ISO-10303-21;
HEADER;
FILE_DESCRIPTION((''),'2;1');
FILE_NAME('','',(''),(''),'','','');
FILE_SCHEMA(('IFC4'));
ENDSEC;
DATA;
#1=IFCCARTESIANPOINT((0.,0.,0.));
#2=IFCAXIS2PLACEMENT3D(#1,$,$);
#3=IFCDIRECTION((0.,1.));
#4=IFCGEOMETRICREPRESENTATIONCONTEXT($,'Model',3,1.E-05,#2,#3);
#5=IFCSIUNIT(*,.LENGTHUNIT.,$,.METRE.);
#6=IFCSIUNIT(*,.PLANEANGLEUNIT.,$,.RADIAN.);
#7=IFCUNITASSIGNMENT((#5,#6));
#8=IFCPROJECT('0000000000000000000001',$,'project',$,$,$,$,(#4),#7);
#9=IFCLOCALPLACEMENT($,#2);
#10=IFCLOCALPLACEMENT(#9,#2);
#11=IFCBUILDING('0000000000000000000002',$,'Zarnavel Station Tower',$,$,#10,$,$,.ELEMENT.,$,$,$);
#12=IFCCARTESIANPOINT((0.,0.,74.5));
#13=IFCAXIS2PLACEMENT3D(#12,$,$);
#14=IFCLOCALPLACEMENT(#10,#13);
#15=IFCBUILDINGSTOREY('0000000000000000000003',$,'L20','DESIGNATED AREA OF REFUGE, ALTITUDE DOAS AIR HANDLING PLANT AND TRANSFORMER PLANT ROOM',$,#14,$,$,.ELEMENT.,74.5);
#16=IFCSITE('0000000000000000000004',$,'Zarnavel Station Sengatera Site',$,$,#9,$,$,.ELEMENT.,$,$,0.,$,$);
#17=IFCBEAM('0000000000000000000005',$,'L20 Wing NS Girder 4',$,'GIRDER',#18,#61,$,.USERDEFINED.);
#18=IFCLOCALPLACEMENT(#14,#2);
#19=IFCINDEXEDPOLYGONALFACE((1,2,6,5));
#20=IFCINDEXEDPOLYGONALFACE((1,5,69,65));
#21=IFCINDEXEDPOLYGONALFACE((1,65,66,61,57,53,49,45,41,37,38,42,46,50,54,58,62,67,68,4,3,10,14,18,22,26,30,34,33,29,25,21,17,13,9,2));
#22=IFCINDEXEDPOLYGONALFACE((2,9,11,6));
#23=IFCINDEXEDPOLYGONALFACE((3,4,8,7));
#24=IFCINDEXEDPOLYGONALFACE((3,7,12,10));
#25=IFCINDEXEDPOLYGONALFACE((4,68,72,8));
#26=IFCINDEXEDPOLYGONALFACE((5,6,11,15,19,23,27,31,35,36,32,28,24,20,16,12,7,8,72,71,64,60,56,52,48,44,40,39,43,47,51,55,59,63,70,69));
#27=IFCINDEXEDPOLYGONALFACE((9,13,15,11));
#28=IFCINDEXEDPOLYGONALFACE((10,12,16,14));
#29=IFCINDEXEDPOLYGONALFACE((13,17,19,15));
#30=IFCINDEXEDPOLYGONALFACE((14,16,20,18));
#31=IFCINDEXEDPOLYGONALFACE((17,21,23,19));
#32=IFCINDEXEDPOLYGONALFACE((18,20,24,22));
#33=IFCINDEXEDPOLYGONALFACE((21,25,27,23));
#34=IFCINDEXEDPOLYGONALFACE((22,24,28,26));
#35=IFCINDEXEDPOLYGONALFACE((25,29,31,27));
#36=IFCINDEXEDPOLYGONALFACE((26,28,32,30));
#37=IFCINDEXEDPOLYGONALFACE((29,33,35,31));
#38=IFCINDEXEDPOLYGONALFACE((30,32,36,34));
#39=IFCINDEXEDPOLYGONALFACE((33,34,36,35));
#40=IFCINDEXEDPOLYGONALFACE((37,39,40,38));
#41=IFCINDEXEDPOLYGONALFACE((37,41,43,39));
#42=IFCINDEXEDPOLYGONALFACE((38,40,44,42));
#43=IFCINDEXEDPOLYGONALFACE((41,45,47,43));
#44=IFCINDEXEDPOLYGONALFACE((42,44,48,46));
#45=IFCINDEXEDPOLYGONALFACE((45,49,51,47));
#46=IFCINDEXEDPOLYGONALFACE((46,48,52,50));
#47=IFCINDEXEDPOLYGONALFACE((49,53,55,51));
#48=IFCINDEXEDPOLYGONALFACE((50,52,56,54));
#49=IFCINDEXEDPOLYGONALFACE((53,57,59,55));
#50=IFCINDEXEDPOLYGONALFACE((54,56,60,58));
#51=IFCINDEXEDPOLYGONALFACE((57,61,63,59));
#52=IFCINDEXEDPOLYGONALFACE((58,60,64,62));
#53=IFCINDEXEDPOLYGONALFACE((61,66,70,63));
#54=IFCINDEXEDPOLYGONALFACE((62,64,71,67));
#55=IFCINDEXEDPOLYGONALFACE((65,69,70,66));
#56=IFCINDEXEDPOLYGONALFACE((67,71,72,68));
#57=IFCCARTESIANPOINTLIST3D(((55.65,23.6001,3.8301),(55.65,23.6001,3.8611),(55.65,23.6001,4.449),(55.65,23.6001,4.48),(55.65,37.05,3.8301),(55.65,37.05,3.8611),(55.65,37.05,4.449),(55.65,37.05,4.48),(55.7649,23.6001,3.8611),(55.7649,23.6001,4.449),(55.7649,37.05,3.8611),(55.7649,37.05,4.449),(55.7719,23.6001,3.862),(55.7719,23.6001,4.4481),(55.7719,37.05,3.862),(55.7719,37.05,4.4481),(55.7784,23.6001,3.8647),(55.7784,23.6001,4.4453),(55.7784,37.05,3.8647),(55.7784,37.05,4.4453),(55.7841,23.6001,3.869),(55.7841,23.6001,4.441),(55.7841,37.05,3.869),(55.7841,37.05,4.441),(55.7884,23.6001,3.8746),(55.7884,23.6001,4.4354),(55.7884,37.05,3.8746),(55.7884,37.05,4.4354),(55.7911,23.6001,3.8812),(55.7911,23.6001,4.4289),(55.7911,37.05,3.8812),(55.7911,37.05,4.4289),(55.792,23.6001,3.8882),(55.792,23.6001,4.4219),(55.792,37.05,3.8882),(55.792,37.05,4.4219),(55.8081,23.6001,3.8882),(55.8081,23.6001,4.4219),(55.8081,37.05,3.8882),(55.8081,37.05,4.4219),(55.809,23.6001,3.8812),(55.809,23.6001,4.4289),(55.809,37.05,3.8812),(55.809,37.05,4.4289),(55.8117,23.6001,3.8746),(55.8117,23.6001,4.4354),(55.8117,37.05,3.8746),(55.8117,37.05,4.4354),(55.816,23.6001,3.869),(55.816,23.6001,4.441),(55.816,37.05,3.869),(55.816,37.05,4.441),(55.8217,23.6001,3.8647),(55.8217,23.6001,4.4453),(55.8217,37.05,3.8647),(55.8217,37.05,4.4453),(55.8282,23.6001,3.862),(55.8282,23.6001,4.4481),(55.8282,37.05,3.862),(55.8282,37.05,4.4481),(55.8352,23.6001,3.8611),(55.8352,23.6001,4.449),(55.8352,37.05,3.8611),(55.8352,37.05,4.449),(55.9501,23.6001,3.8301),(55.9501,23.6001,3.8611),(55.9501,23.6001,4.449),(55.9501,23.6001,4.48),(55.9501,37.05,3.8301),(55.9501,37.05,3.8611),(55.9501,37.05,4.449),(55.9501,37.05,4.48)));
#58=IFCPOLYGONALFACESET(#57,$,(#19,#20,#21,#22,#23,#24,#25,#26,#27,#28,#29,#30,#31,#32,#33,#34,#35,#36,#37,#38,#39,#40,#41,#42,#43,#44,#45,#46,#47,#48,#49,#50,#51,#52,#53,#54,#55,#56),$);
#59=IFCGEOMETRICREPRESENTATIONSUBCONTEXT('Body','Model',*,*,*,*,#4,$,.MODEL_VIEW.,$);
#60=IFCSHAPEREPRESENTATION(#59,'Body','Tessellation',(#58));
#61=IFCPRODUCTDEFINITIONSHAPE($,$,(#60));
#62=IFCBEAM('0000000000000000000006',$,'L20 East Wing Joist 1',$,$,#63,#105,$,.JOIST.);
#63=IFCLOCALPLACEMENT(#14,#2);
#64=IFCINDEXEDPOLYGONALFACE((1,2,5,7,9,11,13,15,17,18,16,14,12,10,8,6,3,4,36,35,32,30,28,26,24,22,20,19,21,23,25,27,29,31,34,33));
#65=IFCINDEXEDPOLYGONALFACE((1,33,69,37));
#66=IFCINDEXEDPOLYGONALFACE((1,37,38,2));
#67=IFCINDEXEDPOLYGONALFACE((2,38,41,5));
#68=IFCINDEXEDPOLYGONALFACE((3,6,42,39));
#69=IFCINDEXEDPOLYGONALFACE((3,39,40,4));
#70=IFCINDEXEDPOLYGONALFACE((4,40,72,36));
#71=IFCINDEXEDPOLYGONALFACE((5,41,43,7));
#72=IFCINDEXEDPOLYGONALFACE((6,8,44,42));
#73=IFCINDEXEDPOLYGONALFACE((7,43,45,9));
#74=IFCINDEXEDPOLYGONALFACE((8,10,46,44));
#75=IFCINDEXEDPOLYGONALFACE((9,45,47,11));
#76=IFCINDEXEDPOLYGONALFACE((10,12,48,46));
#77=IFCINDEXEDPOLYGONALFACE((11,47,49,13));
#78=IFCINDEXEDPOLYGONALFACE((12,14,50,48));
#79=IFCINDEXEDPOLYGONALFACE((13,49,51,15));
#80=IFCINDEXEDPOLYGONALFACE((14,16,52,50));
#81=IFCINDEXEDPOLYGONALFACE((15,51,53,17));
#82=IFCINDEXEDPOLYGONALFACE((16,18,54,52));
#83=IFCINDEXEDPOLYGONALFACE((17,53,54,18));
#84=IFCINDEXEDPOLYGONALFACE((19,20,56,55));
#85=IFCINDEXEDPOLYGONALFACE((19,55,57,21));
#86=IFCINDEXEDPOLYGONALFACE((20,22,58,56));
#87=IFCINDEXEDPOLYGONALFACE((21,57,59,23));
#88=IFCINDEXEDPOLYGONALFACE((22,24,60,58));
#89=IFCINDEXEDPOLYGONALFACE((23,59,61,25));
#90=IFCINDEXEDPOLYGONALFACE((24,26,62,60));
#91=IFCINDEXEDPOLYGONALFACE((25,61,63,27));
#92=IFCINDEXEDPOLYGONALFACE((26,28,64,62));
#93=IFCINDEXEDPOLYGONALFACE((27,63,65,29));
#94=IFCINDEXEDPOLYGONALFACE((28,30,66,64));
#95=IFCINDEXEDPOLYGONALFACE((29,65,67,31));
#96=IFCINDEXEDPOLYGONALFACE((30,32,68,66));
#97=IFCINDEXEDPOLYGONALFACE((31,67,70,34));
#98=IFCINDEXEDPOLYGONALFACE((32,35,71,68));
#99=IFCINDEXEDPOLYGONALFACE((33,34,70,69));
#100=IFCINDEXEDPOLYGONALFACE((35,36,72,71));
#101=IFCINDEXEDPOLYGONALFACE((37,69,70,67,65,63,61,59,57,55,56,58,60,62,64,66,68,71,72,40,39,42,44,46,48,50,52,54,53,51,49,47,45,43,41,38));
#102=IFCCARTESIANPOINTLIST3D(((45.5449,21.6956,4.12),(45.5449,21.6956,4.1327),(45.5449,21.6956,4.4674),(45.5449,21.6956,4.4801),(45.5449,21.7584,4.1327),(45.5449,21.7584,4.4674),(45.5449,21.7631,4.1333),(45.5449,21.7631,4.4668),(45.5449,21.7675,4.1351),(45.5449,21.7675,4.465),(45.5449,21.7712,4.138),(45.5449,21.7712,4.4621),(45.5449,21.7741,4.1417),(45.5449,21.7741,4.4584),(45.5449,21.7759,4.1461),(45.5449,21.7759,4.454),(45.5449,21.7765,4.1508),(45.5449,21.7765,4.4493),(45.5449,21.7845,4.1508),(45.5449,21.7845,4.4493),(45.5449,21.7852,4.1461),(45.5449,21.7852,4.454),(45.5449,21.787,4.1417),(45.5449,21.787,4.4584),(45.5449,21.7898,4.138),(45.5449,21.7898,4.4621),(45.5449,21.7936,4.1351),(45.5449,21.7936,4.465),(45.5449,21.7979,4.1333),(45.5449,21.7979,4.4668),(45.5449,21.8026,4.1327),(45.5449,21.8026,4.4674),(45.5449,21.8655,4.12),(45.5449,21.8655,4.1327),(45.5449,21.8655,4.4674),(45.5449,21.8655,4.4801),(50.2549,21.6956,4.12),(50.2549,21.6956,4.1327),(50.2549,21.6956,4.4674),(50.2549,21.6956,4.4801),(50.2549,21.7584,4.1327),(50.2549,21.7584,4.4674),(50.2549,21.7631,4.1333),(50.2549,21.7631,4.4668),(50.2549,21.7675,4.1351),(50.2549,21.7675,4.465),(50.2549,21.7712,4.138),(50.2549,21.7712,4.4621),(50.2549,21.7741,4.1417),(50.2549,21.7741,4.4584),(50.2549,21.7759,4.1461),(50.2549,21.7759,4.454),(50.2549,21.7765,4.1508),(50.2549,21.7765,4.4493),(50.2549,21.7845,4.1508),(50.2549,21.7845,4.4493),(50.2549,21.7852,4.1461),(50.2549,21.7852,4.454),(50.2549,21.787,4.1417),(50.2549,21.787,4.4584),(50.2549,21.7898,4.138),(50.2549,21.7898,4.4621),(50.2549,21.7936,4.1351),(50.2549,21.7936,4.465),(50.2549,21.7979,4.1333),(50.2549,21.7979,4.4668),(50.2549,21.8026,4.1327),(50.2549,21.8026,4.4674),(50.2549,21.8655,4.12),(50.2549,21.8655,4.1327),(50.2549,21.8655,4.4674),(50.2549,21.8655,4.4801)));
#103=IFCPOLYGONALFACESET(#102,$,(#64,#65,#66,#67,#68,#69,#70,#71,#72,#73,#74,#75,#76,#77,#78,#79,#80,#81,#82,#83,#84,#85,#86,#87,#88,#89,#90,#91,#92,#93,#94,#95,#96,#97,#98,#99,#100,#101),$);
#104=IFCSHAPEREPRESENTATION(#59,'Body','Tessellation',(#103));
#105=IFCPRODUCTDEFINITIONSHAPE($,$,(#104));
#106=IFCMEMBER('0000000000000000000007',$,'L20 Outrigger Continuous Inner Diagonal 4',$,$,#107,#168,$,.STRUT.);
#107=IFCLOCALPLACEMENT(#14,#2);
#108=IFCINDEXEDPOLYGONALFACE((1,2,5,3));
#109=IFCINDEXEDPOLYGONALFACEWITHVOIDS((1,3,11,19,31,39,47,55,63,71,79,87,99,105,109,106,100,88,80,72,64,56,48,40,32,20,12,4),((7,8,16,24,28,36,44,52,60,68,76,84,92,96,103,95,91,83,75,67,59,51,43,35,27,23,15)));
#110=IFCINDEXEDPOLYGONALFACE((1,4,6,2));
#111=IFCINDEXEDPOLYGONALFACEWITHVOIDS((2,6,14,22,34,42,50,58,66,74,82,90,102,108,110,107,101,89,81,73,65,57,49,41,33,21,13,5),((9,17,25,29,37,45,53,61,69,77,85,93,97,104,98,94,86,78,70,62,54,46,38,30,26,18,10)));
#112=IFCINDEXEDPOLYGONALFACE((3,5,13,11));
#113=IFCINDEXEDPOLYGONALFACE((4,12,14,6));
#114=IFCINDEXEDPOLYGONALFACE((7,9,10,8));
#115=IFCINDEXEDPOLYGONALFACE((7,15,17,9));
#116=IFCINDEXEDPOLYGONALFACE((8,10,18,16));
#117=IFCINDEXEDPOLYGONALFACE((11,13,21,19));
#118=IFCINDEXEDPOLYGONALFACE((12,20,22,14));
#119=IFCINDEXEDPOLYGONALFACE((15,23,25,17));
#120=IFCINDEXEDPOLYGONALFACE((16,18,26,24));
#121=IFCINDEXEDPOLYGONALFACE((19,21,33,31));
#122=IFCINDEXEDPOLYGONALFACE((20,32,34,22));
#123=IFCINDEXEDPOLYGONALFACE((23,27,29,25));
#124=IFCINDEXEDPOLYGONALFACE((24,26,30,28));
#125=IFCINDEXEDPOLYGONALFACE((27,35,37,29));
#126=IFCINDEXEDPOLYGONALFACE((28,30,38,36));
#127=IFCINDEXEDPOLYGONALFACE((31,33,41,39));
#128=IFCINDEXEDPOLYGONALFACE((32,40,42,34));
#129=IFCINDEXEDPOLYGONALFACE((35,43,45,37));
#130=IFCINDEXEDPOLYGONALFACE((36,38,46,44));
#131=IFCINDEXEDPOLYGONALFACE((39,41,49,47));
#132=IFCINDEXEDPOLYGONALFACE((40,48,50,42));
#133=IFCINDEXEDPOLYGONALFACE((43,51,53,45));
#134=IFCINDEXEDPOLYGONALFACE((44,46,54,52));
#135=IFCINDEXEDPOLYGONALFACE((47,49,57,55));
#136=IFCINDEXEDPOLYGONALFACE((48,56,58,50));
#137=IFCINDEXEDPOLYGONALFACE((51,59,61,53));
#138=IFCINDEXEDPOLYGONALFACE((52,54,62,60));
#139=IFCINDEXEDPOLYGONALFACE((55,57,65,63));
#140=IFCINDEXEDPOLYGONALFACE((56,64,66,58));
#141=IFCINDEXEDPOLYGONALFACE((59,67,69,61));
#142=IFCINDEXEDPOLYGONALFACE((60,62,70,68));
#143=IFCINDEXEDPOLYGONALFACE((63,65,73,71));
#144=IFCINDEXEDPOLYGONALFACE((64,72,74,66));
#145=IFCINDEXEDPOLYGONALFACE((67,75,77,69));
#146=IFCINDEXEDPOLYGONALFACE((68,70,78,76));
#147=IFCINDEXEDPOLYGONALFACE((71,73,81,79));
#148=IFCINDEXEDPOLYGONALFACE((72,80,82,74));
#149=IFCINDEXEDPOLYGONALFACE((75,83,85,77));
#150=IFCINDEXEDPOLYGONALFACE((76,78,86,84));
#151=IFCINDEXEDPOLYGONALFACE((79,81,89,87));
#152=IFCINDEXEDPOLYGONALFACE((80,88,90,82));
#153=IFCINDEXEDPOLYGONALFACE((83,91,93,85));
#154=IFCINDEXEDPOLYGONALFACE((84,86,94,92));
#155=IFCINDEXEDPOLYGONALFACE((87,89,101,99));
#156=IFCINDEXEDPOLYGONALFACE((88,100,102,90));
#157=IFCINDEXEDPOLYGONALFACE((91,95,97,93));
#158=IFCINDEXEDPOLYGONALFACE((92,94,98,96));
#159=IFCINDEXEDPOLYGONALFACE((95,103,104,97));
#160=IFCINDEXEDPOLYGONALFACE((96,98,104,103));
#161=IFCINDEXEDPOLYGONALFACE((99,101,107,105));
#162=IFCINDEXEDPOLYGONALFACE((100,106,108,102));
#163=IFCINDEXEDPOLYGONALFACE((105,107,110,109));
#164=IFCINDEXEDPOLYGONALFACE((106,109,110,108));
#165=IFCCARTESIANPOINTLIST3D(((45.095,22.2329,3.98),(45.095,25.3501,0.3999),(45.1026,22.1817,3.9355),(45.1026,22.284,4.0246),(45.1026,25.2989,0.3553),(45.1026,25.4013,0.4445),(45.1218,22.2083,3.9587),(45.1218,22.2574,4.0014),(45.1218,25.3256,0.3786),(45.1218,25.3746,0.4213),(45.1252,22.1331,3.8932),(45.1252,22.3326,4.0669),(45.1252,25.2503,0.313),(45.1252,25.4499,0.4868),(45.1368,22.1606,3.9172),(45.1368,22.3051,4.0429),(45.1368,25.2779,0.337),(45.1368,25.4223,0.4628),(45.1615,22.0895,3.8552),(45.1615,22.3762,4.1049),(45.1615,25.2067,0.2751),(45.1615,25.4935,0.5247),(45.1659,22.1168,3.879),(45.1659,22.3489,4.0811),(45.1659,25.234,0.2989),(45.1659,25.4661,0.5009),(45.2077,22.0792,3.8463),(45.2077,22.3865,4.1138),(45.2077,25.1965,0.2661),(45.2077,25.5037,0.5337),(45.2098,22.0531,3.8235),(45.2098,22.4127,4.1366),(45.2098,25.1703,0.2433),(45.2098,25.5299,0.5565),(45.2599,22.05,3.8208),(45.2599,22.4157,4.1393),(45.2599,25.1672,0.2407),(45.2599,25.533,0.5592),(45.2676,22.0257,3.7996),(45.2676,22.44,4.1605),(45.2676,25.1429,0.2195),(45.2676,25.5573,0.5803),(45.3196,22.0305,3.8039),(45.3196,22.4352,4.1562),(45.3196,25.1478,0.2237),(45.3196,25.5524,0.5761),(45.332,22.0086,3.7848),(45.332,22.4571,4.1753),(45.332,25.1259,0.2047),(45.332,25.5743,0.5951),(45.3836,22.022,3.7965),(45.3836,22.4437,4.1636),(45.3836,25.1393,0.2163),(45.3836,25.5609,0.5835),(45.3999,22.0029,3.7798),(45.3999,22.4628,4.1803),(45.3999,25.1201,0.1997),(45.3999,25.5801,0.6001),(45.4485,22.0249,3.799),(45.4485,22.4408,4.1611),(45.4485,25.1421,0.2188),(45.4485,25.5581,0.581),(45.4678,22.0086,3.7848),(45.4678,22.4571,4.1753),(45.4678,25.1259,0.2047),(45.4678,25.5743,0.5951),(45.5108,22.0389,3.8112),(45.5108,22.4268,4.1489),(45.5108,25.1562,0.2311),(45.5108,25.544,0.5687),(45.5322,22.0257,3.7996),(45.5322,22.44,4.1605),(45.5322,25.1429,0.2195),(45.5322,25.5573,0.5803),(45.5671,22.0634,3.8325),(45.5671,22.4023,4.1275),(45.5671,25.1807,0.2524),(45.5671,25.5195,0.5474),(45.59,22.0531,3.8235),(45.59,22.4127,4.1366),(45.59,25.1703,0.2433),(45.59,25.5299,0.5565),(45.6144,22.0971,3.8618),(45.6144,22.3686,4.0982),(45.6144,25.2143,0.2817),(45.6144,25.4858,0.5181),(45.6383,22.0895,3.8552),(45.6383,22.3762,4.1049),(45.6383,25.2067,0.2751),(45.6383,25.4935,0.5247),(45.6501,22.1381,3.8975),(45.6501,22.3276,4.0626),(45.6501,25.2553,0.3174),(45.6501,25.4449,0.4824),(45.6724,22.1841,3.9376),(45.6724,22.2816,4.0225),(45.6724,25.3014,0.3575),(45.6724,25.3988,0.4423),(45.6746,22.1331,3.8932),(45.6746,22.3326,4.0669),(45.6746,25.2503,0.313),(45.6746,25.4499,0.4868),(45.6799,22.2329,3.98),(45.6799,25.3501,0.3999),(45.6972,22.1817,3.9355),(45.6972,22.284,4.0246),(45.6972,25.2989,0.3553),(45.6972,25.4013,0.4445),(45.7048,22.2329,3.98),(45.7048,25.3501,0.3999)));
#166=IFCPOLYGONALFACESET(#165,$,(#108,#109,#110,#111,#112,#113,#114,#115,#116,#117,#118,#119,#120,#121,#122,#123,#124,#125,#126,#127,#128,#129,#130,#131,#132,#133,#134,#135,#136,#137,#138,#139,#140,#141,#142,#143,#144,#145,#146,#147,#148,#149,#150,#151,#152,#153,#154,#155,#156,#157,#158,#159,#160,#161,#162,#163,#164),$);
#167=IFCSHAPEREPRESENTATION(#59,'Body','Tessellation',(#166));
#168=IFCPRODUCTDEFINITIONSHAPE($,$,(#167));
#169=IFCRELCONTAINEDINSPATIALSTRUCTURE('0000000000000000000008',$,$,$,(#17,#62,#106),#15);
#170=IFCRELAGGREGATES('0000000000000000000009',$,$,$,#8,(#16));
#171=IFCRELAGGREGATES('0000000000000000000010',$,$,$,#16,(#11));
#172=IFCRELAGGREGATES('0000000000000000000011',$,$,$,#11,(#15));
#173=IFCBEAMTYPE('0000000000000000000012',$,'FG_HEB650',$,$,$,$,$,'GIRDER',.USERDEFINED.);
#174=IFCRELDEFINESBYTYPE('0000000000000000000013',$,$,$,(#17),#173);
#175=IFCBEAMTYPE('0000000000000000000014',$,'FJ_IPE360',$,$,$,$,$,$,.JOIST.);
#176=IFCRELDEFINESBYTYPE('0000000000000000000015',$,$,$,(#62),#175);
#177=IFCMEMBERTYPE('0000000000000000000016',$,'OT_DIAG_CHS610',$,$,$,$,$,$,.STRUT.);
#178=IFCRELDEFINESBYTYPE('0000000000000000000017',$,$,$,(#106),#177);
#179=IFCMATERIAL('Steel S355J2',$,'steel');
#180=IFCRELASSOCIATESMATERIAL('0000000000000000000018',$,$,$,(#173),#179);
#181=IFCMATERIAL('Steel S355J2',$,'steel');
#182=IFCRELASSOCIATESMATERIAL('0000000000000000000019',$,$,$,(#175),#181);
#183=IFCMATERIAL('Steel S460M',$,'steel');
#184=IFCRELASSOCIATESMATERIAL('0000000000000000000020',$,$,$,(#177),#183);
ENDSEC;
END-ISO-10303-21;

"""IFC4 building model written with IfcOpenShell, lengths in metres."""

from ifc_helpers import new_model, si_unit, direction, frame, origin, origin_2d, place, context, subcontext, project, spatial, hollow_circle, i_section, extrude, material, material_profile, profile_set, type_object, element, save


model = new_model("IFC4")

# Units and contexts
model_context = context("Model", 3, precision=1e-05, world=origin(), true_north=direction((0.0, 1.0)))
body_context = subcontext(model_context, "Body", "Model", "MODEL_VIEW")
ifc_project = project(units=[si_unit("LENGTHUNIT", "METRE"), si_unit("PLANEANGLEUNIT", "RADIAN")], contexts=[model_context])

# Site, building, storey
site_placement = place(None, origin())
site = spatial("IfcSite", under=ifc_project, at=site_placement, Name="Zarnavel Station Sengatera Site", CompositionType="ELEMENT", RefElevation=0.0)
building_placement = place(site_placement, origin())
building = spatial("IfcBuilding", under=site, at=building_placement, Name="Zarnavel Station Tower", CompositionType="ELEMENT")
storey_placement = place(building_placement, frame((0.0, 0.0, 74.5)))
storey = spatial("IfcBuildingStorey", under=building, at=storey_placement, Name="L20", Description="DESIGNATED AREA OF REFUGE, ALTITUDE DOAS AIR HANDLING PLANT AND TRANSFORMER PLANT ROOM", CompositionType="ELEMENT", Elevation=74.5)

# Beams
ifc_material_1 = material(Name="Steel S355J2", Category="steel")
ifc_material_profile_1 = material_profile(ifc_material_1, i_section(OverallWidth=0.3, OverallDepth=0.6499, WebThickness=0.0161, FlangeThickness=0.031, FilletRadius=0.0271, at=origin_2d()), Name="HEB650")
ifc_profile_set_1 = profile_set([ifc_material_profile_1], Name="Steel S355J2")
beam_type_1 = type_object("IfcBeamType", Name="FG_HEB650", ElementType="GIRDER", PredefinedType="USERDEFINED", material=ifc_profile_set_1)
beam_1_placement = place(storey_placement, frame((55.8, 23.6001, 4.155), z_axis=(0.0, 1.0, 0.0), x_axis=(-1.0, 0.0, 0.0)))
element("IfcBeam", 1, at=beam_1_placement, inside=storey, type_object=beam_type_1, Name="L20 Wing NS Girder 4", ObjectType="GIRDER", PredefinedType="USERDEFINED", context=body_context, shape_type="SweptSolid", body=[
    extrude(i_section(OverallWidth=0.3, OverallDepth=0.6499, WebThickness=0.0161, FlangeThickness=0.031, FilletRadius=0.0271, at=origin_2d()), origin(), (0.0, 0.0, 1.0), 13.45),
])
ifc_material_2 = material(Name="Steel S355J2", Category="steel")
ifc_material_profile_2 = material_profile(ifc_material_2, i_section(OverallWidth=0.1699, OverallDepth=0.3601, WebThickness=0.0081, FlangeThickness=0.0127, FilletRadius=0.0181, at=origin_2d()), Name="IPE360")
ifc_profile_set_2 = profile_set([ifc_material_profile_2], Name="Steel S355J2")
beam_type_2 = type_object("IfcBeamType", Name="FJ_IPE360", PredefinedType="JOIST", material=ifc_profile_set_2)
beam_2_placement = place(storey_placement, frame((45.5449, 21.7805, 4.3), z_axis=(1.0, 0.0, 0.0), x_axis=(0.0, 1.0, 0.0)))
element("IfcBeam", 2, at=beam_2_placement, inside=storey, type_object=beam_type_2, Name="L20 East Wing Joist 1", PredefinedType="JOIST", context=body_context, shape_type="SweptSolid", body=[
    extrude(i_section(OverallWidth=0.1699, OverallDepth=0.3601, WebThickness=0.0081, FlangeThickness=0.0127, FilletRadius=0.0181, at=origin_2d()), origin(), (0.0, 0.0, 1.0), 4.71),
])

# Member
ifc_material_3 = material(Name="Steel S460M", Category="steel")
ifc_material_profile_3 = material_profile(ifc_material_3, hollow_circle(Radius=0.3049, WallThickness=0.0249, at=origin_2d()), Name="CHS610x25")
ifc_profile_set_3 = profile_set([ifc_material_profile_3], Name="Steel S460M")
member_type = type_object("IfcMemberType", Name="OT_DIAG_CHS610", PredefinedType="STRUT", material=ifc_profile_set_3)
member_1_placement = place(storey_placement, frame((45.3999, 25.3501, 0.3999), z_axis=(0.0, -0.656668, 0.75418), x_axis=(1.0, 0.0, 0.0)))
element("IfcMember", 3, at=member_1_placement, inside=storey, type_object=member_type, Name="L20 Outrigger Continuous Inner Diagonal 4", PredefinedType="STRUT", context=body_context, shape_type="SweptSolid", body=[
    extrude(hollow_circle(Radius=0.3049, WallThickness=0.0249, at=origin_2d()), origin(), (0.0, 0.0, 1.0), 4.7471),
])

save(model, "model.ifc")
